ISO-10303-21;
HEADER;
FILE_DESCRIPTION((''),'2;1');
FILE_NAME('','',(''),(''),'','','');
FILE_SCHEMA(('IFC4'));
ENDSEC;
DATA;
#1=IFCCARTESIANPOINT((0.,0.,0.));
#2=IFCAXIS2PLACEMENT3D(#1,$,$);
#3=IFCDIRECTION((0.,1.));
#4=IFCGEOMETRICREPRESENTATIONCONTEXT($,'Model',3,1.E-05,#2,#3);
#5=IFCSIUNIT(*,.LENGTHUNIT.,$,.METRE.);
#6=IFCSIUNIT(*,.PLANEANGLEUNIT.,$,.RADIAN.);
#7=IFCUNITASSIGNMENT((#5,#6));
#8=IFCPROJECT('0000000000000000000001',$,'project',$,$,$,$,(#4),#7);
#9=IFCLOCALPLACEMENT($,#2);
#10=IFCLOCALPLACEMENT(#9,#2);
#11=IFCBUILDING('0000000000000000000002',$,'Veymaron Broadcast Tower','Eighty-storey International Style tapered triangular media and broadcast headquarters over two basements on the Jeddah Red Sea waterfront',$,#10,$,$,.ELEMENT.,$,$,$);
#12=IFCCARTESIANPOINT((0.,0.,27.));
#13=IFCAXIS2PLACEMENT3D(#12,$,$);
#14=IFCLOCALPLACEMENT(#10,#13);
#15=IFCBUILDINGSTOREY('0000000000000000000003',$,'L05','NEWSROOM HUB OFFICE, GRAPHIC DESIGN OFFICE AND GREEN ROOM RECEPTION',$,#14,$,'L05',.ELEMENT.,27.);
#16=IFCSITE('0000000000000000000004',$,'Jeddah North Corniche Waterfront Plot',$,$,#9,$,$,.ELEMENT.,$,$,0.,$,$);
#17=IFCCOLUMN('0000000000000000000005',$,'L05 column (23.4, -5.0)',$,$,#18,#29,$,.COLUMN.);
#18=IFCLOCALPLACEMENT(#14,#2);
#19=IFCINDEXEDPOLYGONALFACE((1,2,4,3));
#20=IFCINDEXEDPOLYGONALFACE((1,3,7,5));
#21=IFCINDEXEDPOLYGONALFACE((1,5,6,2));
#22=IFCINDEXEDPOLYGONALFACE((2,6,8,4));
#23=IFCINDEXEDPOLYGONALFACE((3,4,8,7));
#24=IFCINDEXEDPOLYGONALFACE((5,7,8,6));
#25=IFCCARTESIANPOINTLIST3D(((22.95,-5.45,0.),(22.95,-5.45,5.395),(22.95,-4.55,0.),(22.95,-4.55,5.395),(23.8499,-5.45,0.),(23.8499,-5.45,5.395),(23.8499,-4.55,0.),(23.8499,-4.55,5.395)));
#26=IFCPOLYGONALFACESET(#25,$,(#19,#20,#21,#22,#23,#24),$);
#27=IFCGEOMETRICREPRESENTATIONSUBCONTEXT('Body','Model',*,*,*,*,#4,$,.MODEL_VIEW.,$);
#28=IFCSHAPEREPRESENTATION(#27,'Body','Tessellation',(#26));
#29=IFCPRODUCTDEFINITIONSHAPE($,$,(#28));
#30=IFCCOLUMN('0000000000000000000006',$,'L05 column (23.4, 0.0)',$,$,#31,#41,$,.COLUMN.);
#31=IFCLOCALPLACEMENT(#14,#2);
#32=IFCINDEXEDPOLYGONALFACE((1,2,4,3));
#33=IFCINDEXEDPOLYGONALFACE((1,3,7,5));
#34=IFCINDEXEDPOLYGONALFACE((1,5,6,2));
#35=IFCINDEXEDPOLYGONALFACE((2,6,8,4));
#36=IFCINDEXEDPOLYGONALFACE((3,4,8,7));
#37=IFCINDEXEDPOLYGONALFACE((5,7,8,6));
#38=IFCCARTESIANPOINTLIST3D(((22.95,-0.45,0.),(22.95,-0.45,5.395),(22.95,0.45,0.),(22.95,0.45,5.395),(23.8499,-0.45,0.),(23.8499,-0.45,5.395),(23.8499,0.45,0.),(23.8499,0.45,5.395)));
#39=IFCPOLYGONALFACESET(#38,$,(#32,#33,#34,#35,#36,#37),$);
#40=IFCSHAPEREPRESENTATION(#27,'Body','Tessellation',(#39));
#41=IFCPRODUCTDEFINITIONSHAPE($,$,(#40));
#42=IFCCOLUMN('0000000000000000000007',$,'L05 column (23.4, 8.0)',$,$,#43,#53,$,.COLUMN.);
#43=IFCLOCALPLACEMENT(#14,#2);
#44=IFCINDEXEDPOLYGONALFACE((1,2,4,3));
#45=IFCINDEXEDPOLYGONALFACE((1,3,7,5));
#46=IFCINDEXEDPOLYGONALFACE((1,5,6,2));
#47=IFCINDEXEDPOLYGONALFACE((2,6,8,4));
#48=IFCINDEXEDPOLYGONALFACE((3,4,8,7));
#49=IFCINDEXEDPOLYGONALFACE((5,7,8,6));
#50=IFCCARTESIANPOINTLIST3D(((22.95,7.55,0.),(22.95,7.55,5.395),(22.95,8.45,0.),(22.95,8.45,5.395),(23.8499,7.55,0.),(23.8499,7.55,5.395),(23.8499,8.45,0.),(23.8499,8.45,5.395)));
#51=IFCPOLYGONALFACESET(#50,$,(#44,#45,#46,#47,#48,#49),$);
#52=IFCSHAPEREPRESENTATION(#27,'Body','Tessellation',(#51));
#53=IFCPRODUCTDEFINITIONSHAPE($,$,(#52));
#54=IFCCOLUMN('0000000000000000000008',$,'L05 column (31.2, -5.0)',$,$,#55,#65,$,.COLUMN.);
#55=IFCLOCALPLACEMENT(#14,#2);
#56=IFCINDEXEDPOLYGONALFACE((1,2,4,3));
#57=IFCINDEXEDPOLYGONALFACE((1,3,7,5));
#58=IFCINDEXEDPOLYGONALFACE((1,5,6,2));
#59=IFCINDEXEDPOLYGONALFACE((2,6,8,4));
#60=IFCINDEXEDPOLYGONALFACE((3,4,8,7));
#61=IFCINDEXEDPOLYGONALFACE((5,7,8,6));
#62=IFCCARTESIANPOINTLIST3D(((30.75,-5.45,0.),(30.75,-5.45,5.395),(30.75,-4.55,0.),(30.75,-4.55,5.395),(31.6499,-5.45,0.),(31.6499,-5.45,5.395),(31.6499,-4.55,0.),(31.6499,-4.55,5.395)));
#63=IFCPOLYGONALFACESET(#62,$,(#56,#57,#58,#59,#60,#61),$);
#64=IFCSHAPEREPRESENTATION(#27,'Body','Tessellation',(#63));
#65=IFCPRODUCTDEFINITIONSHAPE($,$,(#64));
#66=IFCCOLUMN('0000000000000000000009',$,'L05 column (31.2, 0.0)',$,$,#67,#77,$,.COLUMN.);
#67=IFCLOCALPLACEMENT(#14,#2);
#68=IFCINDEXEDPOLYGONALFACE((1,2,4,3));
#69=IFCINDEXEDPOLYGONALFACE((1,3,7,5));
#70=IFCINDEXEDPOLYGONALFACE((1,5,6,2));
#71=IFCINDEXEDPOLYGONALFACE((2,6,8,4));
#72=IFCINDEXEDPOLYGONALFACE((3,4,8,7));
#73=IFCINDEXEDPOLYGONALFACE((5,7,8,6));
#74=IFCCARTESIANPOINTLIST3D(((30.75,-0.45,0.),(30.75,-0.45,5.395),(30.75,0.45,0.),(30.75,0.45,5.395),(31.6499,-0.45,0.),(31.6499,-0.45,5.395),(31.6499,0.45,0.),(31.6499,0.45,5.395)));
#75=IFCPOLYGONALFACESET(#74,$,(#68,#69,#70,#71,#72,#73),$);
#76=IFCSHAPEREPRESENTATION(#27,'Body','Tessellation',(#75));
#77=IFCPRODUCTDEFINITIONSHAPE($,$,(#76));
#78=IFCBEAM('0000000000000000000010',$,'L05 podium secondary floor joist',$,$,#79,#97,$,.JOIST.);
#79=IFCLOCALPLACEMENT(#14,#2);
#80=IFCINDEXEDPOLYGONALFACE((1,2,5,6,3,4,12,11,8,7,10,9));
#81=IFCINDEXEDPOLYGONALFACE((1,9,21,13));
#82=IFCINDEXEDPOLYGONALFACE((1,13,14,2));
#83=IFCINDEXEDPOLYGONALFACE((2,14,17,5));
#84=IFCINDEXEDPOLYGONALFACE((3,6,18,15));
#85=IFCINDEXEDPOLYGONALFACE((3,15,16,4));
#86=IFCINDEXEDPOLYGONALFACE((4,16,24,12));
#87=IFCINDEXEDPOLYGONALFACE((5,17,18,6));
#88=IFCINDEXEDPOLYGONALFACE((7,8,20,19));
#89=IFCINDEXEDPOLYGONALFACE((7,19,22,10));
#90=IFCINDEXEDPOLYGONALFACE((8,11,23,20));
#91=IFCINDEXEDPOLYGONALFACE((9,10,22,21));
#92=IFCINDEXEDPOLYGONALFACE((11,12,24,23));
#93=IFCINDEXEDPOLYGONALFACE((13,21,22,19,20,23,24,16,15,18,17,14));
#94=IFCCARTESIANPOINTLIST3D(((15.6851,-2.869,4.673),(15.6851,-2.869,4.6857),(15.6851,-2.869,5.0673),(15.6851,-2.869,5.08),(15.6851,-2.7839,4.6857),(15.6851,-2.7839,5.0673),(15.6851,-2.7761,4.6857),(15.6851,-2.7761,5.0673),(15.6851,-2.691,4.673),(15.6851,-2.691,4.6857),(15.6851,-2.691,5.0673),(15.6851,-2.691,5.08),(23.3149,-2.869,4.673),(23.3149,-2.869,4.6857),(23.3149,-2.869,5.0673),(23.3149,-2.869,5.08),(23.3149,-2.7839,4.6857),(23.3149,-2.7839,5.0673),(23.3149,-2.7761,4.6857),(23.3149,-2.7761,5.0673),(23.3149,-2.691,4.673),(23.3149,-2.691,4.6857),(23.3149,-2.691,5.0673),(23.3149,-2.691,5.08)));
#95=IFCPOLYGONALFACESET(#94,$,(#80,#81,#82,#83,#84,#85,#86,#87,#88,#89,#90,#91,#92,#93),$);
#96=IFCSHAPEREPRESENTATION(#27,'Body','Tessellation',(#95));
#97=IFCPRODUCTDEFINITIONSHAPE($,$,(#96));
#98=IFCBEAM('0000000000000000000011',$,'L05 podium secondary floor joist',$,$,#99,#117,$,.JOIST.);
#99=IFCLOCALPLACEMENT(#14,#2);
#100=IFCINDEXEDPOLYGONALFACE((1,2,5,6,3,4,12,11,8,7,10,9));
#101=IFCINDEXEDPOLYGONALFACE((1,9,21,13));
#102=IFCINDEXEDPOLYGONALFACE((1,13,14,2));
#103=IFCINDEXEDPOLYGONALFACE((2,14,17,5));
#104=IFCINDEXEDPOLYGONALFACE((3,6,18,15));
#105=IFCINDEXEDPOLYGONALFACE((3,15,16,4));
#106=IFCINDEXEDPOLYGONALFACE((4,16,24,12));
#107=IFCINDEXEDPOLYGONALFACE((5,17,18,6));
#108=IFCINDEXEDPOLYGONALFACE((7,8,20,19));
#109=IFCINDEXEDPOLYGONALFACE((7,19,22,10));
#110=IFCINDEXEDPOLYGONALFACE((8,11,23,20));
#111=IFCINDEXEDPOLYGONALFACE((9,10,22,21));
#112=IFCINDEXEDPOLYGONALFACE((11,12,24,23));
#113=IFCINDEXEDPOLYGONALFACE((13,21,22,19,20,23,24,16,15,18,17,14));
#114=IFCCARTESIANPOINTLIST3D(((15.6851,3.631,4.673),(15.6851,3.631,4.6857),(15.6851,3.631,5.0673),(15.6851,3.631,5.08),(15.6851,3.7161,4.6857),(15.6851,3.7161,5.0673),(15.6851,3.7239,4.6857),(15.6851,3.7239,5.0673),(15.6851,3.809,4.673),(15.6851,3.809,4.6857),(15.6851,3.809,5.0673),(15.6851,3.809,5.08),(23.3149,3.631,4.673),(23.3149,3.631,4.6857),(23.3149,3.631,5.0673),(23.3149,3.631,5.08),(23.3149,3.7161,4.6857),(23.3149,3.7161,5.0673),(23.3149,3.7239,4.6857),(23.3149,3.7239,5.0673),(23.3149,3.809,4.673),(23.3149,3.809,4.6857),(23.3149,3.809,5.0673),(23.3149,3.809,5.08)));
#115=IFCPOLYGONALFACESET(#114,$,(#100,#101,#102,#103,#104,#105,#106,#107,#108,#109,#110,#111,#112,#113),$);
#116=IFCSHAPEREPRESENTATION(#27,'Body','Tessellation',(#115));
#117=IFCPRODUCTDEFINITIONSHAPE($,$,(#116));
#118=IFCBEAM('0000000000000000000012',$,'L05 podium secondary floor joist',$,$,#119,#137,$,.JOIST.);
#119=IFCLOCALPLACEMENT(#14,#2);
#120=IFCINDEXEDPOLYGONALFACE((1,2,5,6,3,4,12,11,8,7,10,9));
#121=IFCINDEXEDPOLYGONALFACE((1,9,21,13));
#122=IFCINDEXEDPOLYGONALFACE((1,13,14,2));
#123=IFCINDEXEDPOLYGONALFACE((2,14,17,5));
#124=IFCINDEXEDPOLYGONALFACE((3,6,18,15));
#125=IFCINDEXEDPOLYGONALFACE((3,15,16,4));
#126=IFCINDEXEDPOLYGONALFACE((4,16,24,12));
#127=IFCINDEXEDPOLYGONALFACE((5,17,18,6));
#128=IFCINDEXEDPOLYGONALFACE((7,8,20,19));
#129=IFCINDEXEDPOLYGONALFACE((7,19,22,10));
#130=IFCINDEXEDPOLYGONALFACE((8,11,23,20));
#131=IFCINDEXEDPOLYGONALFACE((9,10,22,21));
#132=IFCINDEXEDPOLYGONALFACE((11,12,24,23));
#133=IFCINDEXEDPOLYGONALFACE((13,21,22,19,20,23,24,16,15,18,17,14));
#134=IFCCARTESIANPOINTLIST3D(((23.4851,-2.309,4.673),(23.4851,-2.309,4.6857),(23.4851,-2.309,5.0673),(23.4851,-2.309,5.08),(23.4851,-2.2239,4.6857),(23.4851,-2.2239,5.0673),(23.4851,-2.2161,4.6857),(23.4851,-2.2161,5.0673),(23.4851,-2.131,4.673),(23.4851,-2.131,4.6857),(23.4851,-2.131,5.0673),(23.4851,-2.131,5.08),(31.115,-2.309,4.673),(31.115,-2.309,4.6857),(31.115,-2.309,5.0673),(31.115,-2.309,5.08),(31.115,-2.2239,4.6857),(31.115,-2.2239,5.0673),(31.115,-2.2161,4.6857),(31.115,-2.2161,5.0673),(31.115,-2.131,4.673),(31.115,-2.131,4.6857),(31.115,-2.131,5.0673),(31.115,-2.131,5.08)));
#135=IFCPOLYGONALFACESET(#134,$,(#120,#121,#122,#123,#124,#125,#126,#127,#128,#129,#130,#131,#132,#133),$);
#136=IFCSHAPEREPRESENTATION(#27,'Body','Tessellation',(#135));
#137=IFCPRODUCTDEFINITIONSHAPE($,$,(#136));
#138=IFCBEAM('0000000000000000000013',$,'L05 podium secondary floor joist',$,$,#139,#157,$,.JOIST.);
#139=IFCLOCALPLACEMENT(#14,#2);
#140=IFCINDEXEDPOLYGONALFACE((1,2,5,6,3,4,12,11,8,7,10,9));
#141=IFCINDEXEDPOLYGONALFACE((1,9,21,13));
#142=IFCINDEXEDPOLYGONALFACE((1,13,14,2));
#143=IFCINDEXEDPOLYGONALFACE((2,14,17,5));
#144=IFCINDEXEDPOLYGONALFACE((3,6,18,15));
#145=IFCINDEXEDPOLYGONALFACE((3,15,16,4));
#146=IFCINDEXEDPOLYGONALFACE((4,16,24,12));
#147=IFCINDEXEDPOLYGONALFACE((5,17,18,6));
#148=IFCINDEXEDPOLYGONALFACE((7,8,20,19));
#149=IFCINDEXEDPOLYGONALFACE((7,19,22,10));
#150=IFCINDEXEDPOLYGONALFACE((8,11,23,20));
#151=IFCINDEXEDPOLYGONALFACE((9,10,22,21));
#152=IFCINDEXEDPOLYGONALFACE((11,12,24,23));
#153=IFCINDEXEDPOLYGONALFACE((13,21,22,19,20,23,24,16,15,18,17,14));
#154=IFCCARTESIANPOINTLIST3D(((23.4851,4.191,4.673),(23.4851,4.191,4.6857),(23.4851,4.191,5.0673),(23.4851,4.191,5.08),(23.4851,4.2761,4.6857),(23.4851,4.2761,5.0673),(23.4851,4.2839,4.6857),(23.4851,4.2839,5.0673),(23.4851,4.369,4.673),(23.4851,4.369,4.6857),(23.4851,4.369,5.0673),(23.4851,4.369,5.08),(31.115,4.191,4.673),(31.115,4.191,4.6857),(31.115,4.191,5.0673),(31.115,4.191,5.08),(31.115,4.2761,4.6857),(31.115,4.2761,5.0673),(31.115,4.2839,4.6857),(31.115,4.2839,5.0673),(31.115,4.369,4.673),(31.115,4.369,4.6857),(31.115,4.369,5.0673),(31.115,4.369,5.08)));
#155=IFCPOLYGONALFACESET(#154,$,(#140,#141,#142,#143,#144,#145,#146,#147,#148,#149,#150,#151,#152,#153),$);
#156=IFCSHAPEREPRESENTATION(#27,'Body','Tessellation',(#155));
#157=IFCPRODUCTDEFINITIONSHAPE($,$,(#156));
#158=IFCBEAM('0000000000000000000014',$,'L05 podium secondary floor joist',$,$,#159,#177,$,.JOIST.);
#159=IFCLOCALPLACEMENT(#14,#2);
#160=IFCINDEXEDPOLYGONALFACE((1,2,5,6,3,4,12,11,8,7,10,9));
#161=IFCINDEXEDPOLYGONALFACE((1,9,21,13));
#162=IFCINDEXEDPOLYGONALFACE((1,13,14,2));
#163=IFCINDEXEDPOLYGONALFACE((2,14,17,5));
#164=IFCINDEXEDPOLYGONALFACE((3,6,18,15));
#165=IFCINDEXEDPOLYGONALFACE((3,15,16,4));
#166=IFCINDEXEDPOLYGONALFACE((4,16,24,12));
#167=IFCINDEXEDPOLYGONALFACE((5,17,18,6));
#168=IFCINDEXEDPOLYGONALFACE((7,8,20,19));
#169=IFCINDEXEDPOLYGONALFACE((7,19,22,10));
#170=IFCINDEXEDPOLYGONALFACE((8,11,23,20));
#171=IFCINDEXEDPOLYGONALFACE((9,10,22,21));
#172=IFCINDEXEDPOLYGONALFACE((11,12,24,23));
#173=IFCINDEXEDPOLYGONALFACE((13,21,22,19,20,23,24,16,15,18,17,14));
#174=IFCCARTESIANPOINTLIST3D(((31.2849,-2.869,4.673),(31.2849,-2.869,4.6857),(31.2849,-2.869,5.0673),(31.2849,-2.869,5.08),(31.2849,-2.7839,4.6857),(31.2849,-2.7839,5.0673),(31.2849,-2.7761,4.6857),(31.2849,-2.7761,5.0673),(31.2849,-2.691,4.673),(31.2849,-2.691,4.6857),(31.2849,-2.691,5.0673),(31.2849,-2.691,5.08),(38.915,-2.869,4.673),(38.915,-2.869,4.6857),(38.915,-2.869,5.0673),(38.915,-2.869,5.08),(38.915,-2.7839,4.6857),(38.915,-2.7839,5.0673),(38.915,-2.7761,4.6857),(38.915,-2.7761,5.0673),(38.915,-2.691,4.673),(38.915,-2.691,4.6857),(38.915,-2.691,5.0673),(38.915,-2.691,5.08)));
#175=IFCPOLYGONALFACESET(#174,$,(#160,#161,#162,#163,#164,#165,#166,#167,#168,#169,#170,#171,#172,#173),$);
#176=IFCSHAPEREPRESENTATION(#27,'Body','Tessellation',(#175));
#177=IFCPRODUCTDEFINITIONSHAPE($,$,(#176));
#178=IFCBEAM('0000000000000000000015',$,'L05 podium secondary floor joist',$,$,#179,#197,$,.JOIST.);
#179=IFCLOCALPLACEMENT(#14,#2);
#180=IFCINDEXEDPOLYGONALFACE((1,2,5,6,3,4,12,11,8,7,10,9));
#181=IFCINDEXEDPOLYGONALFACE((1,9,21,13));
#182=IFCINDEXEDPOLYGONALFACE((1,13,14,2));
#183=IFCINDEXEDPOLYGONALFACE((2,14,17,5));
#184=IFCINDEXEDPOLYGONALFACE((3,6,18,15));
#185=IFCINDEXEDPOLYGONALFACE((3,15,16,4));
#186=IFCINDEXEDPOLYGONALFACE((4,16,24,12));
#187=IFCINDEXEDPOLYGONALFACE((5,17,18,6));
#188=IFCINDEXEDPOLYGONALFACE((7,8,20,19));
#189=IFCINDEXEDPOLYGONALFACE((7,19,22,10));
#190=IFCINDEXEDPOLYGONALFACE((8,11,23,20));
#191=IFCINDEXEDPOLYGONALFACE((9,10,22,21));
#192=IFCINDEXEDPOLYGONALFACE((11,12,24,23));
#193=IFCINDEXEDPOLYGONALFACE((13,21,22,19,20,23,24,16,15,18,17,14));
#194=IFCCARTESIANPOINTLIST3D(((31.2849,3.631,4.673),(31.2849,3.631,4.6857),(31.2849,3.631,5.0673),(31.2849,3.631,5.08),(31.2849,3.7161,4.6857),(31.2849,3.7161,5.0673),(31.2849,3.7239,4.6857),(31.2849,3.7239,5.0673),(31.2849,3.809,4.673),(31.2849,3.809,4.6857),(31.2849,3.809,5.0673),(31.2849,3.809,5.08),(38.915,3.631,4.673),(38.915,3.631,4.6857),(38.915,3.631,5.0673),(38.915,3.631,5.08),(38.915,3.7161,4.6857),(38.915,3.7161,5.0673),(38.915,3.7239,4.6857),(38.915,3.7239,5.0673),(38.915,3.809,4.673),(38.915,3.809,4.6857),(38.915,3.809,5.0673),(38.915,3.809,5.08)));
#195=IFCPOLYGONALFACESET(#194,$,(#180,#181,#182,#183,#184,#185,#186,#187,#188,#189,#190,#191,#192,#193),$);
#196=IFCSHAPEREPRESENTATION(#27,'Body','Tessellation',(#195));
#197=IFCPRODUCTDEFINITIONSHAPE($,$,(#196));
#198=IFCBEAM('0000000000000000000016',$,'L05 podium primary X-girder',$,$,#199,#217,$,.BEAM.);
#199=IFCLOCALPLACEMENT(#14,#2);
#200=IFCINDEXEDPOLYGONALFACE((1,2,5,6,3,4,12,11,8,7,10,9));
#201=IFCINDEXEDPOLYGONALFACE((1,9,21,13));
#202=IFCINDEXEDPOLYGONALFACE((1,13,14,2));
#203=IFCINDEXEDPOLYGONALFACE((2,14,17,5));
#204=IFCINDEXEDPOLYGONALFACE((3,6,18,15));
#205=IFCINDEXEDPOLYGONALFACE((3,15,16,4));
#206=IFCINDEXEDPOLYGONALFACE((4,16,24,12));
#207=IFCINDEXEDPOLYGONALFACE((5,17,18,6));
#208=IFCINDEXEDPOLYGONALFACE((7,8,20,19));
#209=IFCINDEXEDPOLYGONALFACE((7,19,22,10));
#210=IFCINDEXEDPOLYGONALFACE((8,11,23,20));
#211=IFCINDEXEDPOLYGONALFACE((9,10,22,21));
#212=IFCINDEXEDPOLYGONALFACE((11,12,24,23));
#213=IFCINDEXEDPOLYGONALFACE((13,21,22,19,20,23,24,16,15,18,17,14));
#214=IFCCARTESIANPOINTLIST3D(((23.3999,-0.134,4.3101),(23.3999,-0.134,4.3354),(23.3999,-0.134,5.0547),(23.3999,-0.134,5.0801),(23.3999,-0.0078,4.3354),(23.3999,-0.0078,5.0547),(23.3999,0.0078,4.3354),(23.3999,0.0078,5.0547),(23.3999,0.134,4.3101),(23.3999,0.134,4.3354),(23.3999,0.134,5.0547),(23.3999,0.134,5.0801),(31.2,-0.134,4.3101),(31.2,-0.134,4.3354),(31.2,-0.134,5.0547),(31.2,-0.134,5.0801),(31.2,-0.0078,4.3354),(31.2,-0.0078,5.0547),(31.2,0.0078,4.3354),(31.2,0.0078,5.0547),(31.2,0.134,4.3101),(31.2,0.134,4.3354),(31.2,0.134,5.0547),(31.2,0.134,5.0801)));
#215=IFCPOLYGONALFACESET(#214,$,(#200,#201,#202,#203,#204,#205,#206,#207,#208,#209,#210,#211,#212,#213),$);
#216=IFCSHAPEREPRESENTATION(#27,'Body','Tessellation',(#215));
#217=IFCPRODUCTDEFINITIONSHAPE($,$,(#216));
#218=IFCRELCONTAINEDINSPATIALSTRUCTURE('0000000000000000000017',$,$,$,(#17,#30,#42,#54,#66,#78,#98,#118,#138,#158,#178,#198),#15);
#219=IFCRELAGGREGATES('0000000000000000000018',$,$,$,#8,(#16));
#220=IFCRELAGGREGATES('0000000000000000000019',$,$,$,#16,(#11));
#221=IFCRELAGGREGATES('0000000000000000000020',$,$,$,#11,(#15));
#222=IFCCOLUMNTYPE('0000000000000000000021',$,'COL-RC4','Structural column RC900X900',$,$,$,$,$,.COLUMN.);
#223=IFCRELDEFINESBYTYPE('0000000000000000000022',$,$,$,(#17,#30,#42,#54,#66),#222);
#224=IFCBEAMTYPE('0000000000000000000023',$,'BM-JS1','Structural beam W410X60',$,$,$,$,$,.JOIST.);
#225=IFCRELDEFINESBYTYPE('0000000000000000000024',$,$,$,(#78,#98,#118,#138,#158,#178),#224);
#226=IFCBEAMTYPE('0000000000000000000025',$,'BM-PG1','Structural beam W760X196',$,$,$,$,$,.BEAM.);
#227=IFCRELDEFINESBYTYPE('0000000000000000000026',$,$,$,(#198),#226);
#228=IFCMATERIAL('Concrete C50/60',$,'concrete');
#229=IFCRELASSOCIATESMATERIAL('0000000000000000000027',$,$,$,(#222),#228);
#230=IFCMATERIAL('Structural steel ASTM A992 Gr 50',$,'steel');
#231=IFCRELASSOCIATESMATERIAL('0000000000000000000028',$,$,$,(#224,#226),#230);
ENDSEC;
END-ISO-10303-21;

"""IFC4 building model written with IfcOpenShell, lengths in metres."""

from ifc_helpers import new_model, si_unit, direction, frame, origin, origin_2d, place, context, subcontext, project, spatial, rectangle, i_section, extrude, material, material_profile, profile_set, type_object, element, save


model = new_model("IFC4")

# Units and contexts
model_context = context("Model", 3, precision=1e-05, world=origin(), true_north=direction((0.0, 1.0)))
body_context = subcontext(model_context, "Body", "Model", "MODEL_VIEW")
ifc_project = project(units=[si_unit("LENGTHUNIT", "METRE"), si_unit("PLANEANGLEUNIT", "RADIAN")], contexts=[model_context])

# Site, building, storey
site_placement = place(None, origin())
site = spatial("IfcSite", under=ifc_project, at=site_placement, Name="Jeddah North Corniche Waterfront Plot", CompositionType="ELEMENT", RefElevation=0.0)
building_placement = place(site_placement, origin())
building = spatial("IfcBuilding", under=site, at=building_placement, Name="Veymaron Broadcast Tower", Description="Eighty-storey International Style tapered triangular media and broadcast headquarters over two basements on the Jeddah Red Sea waterfront", CompositionType="ELEMENT")
storey_placement = place(building_placement, frame((0.0, 0.0, 27.0)))
storey = spatial("IfcBuildingStorey", under=building, at=storey_placement, Name="L05", Description="NEWSROOM HUB OFFICE, GRAPHIC DESIGN OFFICE AND GREEN ROOM RECEPTION", LongName="L05", CompositionType="ELEMENT", Elevation=27.0)

# Columns
ifc_material_1 = material(Name="Concrete C50/60", Category="concrete")
ifc_material_profile_1 = material_profile(ifc_material_1, rectangle(XDim=0.8999, YDim=0.8999, at=origin_2d()), Name="RC900X900")
ifc_profile_set_1 = profile_set([ifc_material_profile_1], Name="Concrete C50/60")
column_type = type_object("IfcColumnType", Name="COL-RC4", Description="Structural column RC900X900", PredefinedType="COLUMN", material=ifc_profile_set_1)
for number, where, z_axis, x_axis, name in (
    (1, (23.3999, -5.0, 0.0), (0.0, 0.0, 1.0), (1.0, 0.0, 0.0), "L05 column (23.4, -5.0)"),
    (2, (23.3999, 0.0, 0.0), (0.0, 0.0, 1.0), (1.0, 0.0, 0.0), "L05 column (23.4, 0.0)"),
    (3, (23.3999, 8.0, 0.0), (0.0, 0.0, 1.0), (1.0, 0.0, 0.0), "L05 column (23.4, 8.0)"),
    (4, (31.2, -5.0, 0.0), (0.0, 0.0, 1.0), (1.0, 0.0, 0.0), "L05 column (31.2, -5.0)"),
    (5, (31.2, 0.0, 0.0), (0.0, 0.0, 1.0), (1.0, 0.0, 0.0), "L05 column (31.2, 0.0)"),
):
    element("IfcColumn", number, at=place(storey_placement, frame(where, z_axis=z_axis, x_axis=x_axis)), inside=storey, type_object=column_type, Name=name, PredefinedType="COLUMN", context=body_context, shape_type="SweptSolid", body=[
        extrude(rectangle(XDim=0.8999, YDim=0.8999, at=origin_2d()), origin(), (0.0, 0.0, 1.0), 5.395),
    ])

# Beams
ifc_material_2 = material(Name="Structural steel ASTM A992 Gr 50", Category="steel")
ifc_material_profile_2 = material_profile(ifc_material_2, i_section(OverallWidth=0.178, OverallDepth=0.407, WebThickness=0.0078, FlangeThickness=0.0127, at=origin_2d()), Name="W410X60")
ifc_profile_set_2 = profile_set([ifc_material_profile_2], Name="Structural steel ASTM A992 Gr 50")
beam_type_1 = type_object("IfcBeamType", Name="BM-JS1", Description="Structural beam W410X60", PredefinedType="JOIST", material=ifc_profile_set_2)
for number, where, z_axis, x_axis, name in (
    (6, (15.6851, -2.78, 4.8765), (1.0, 0.0, 0.0), (0.0, 1.0, 0.0), "L05 podium secondary floor joist"),
    (7, (15.6851, 3.72, 4.8765), (1.0, 0.0, 0.0), (0.0, 1.0, 0.0), "L05 podium secondary floor joist"),
    (8, (23.4851, -2.22, 4.8765), (1.0, 0.0, 0.0), (0.0, 1.0, 0.0), "L05 podium secondary floor joist"),
    (9, (23.4851, 4.28, 4.8765), (1.0, 0.0, 0.0), (0.0, 1.0, 0.0), "L05 podium secondary floor joist"),
):
    element("IfcBeam", number, at=place(storey_placement, frame(where, z_axis=z_axis, x_axis=x_axis)), inside=storey, type_object=beam_type_1, Name=name, PredefinedType="JOIST", context=body_context, shape_type="SweptSolid", body=[
        extrude(i_section(OverallWidth=0.178, OverallDepth=0.407, WebThickness=0.0078, FlangeThickness=0.0127, at=origin_2d()), origin(), (0.0, 0.0, 1.0), 7.6299),
    ])
for number, where, z_axis, x_axis, name in (
    (10, (31.2849, -2.78, 4.8765), (1.0, 0.0, 0.0), (0.0, 1.0, 0.0), "L05 podium secondary floor joist"),
    (11, (31.2849, 3.72, 4.8765), (1.0, 0.0, 0.0), (0.0, 1.0, 0.0), "L05 podium secondary floor joist"),
):
    element("IfcBeam", number, at=place(storey_placement, frame(where, z_axis=z_axis, x_axis=x_axis)), inside=storey, type_object=beam_type_1, Name=name, PredefinedType="JOIST", context=body_context, shape_type="SweptSolid", body=[
        extrude(i_section(OverallWidth=0.178, OverallDepth=0.407, WebThickness=0.0078, FlangeThickness=0.0127, at=origin_2d()), origin(), (0.0, 0.0, 1.0), 7.6301),
    ])
ifc_material_profile_3 = material_profile(ifc_material_2, i_section(OverallWidth=0.2681, OverallDepth=0.77, WebThickness=0.0156, FlangeThickness=0.0254, at=origin_2d()), Name="W760X196")
ifc_profile_set_3 = profile_set([ifc_material_profile_3], Name="Structural steel ASTM A992 Gr 50")
beam_type_2 = type_object("IfcBeamType", Name="BM-PG1", Description="Structural beam W760X196", PredefinedType="BEAM", material=ifc_profile_set_3)
for number, where, z_axis, x_axis, name in (
    (12, (23.3999, 0.0, 4.6951), (1.0, 0.0, 0.0), (0.0, 1.0, 0.0), "L05 podium primary X-girder"),
):
    element("IfcBeam", number, at=place(storey_placement, frame(where, z_axis=z_axis, x_axis=x_axis)), inside=storey, type_object=beam_type_2, Name=name, PredefinedType="BEAM", context=body_context, shape_type="SweptSolid", body=[
        extrude(i_section(OverallWidth=0.2681, OverallDepth=0.77, WebThickness=0.0156, FlangeThickness=0.0254, at=origin_2d()), origin(), (0.0, 0.0, 1.0), 7.8),
    ])

save(model, "model.ifc")
